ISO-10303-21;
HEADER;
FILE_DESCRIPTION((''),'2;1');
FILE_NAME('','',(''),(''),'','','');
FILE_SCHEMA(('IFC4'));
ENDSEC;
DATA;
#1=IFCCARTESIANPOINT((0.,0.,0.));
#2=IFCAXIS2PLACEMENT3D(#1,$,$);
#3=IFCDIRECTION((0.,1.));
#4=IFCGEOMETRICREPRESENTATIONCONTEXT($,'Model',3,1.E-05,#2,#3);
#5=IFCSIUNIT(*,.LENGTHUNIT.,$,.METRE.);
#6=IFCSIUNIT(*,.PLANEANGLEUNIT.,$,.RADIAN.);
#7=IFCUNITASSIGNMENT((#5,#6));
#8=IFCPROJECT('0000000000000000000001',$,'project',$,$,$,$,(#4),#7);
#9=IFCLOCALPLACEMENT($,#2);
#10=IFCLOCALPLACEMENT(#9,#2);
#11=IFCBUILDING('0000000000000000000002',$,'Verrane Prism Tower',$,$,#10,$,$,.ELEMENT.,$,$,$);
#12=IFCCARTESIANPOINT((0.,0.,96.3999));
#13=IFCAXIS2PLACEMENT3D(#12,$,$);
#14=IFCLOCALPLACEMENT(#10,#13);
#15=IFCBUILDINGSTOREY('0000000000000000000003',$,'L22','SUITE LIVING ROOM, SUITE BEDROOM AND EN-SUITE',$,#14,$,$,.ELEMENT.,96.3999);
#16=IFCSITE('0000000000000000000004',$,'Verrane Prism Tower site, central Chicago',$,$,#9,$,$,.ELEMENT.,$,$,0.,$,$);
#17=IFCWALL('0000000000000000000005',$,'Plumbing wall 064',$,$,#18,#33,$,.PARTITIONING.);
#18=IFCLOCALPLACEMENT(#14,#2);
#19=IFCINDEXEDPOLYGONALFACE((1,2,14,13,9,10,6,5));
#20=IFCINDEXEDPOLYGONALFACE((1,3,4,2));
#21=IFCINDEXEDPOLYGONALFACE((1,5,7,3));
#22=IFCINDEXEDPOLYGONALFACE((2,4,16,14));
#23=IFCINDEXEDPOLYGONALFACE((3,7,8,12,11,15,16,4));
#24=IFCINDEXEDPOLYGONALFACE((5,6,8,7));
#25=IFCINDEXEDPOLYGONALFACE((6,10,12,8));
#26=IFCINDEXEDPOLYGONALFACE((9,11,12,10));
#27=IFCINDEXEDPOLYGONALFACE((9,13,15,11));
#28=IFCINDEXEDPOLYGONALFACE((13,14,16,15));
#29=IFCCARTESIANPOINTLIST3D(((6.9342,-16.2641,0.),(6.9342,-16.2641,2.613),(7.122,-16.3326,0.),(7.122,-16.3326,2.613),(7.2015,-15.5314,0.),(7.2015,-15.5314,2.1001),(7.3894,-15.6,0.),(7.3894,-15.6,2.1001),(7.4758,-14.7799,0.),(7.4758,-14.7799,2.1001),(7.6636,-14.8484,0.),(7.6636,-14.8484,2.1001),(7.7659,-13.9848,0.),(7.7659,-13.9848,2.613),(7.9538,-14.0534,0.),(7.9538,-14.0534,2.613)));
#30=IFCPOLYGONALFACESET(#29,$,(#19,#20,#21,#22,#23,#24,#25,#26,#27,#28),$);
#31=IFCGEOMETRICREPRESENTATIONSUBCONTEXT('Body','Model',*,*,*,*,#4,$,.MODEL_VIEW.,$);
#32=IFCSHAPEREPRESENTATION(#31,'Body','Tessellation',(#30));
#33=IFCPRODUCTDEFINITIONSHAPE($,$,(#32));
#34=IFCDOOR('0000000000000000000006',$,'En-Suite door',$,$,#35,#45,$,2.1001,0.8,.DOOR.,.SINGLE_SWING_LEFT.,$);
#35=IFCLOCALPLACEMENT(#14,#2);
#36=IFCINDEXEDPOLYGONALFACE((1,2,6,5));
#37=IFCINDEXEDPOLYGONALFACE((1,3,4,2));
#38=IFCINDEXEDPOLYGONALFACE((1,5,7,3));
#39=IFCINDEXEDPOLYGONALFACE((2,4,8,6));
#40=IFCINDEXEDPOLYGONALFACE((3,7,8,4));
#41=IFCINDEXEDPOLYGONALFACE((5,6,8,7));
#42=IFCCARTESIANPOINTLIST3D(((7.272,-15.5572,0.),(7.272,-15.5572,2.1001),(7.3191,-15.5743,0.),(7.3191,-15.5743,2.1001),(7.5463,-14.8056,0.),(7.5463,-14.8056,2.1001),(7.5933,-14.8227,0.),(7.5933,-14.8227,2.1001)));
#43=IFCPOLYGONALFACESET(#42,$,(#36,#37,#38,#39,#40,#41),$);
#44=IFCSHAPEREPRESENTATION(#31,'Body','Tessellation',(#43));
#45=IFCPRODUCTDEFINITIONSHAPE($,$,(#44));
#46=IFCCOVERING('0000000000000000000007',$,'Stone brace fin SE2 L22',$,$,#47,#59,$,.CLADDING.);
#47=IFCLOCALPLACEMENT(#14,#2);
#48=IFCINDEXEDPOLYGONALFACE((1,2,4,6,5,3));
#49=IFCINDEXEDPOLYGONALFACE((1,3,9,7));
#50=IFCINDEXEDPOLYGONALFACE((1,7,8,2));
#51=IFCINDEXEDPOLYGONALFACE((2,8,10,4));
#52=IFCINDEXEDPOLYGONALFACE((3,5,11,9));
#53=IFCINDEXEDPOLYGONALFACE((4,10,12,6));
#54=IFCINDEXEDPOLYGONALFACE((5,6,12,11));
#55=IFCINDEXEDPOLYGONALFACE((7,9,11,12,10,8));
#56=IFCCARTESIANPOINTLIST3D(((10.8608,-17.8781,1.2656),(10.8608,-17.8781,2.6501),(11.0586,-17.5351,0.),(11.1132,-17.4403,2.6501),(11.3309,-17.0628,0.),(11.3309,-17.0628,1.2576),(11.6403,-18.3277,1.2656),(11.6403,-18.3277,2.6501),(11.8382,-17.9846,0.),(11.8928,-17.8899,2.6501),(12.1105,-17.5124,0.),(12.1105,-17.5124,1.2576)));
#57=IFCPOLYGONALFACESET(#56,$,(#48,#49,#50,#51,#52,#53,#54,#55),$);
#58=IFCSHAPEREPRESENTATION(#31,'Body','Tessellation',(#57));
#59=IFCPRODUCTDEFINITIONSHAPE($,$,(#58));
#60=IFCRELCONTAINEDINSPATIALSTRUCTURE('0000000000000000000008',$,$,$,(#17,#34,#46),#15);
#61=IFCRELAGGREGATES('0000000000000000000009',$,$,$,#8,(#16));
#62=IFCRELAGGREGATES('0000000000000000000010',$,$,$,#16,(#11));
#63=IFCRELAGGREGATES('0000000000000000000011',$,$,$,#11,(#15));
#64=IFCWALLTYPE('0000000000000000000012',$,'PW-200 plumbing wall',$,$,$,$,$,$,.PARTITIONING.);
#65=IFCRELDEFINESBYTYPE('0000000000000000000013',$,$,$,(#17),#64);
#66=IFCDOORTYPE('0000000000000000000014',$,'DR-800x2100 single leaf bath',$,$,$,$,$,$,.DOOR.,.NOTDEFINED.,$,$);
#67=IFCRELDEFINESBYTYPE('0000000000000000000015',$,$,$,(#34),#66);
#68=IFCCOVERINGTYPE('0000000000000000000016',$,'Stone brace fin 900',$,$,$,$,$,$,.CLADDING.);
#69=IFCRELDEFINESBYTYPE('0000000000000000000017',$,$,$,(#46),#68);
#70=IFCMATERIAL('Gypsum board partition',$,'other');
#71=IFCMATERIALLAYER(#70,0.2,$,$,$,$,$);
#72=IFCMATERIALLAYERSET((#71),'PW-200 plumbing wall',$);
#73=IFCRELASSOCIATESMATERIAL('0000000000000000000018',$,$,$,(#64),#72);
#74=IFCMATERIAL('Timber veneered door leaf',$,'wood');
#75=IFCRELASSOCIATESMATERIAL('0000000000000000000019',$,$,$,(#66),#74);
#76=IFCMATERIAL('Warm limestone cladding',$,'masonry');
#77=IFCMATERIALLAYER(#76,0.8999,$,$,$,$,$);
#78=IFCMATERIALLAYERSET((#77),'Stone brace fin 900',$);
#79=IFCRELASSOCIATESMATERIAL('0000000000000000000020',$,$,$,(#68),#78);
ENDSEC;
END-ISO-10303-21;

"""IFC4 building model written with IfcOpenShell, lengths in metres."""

from ifc_helpers import new_model, si_unit, direction, frame, frame_2d, origin, place, context, subcontext, project, spatial, polyline, rectangle, outline, extrude, material, layer, layer_set, type_object, element, fill, save


model = new_model("IFC4")

# Units and contexts
model_context = context("Model", 3, precision=1e-05, world=origin(), true_north=direction((0.0, 1.0)))
body_context = subcontext(model_context, "Body", "Model", "MODEL_VIEW")
ifc_project = project(units=[si_unit("LENGTHUNIT", "METRE"), si_unit("PLANEANGLEUNIT", "RADIAN")], contexts=[model_context])

# Site, building, storey
site_placement = place(None, origin())
site = spatial("IfcSite", under=ifc_project, at=site_placement, Name="Verrane Prism Tower site, central Chicago", CompositionType="ELEMENT", RefElevation=0.0)
building_placement = place(site_placement, origin())
building = spatial("IfcBuilding", under=site, at=building_placement, Name="Verrane Prism Tower", CompositionType="ELEMENT")
storey_placement = place(building_placement, frame((0.0, 0.0, 96.3999)))
storey = spatial("IfcBuildingStorey", under=building, at=storey_placement, Name="L22", Description="SUITE LIVING ROOM, SUITE BEDROOM AND EN-SUITE", CompositionType="ELEMENT", Elevation=96.3999)

# Wall, opening, door
ifc_material_1 = material(Name="Gypsum board partition", Category="other")
ifc_layer_1 = layer(ifc_material_1, 0.2)
ifc_layer_set_1 = layer_set([ifc_layer_1], Name="PW-200 plumbing wall")
wall_type_1 = type_object("IfcWallType", Name="PW-200 plumbing wall", PredefinedType="PARTITIONING", material=ifc_layer_set_1)
wall_1_placement = place(storey_placement, frame((7.0281, -16.2983, 0.0), z_axis=(0.0, 0.0, 1.0), x_axis=(0.342817, 0.939402, 0.0)))
wall_1 = element("IfcWall", 1, at=wall_1_placement, inside=storey, type_object=wall_type_1, Name="Plumbing wall 064", PredefinedType="PARTITIONING", context=body_context, shape_type="SweptSolid", body=[
    extrude(rectangle(XDim=2.4263, YDim=0.2, at=frame_2d((1.2131, 0.0))), origin(), (0.0, 0.0, 1.0), 2.613),
])
opening_1_placement = place(wall_1_placement, frame((0.78, 0.0, 0.0)))
opening_1 = element("IfcOpeningElement", 2, at=opening_1_placement, cuts=wall_1, PredefinedType="OPENING", context=body_context, shape_type="SweptSolid", body=[
    extrude(rectangle(XDim=0.8, YDim=2.1001, at=frame_2d((0.3999, 1.05))), frame((0.0, 0.1099, 0.0), z_axis=(0.0, -1.0, 0.0), x_axis=(1.0, 0.0, 0.0)), (0.0, 0.0, 1.0), 0.22),
])
ifc_material_2 = material(Name="Timber veneered door leaf", Category="wood")
door_type_1 = type_object("IfcDoorType", Name="DR-800x2100 single leaf bath", OperationType="NOTDEFINED", PredefinedType="DOOR", material=ifc_material_2)
door_1_placement = place(opening_1_placement, origin())
door_1 = element("IfcDoor", 3, at=door_1_placement, inside=storey, type_object=door_type_1, Name="En-Suite door", OperationType="SINGLE_SWING_LEFT", OverallHeight=2.1001, OverallWidth=0.8, PredefinedType="DOOR", context=body_context, shape_type="SweptSolid", body=[
    extrude(rectangle(XDim=0.8, YDim=2.1001, at=frame_2d((0.3999, 1.05))), frame((0.0, 0.0249, 0.0), z_axis=(0.0, -1.0, 0.0), x_axis=(1.0, 0.0, 0.0)), (0.0, 0.0, 1.0), 0.05),
])
fill(opening_1, door_1)

# Covering
ifc_material_3 = material(Name="Warm limestone cladding", Category="masonry")
ifc_layer_2 = layer(ifc_material_3, 0.8999)
ifc_layer_set_2 = layer_set([ifc_layer_2], Name="Stone brace fin 900")
covering_type = type_object("IfcCoveringType", Name="Stone brace fin 900", PredefinedType="CLADDING", material=ifc_layer_set_2)
covering_placement = place(storey_placement, frame((11.7207, -17.2876, 0.0), z_axis=(0.0, 0.0, 1.0), x_axis=(-0.499543, -0.866289, 0.0)))
element("IfcCovering", 4, at=covering_placement, inside=storey, type_object=covering_type, Name="Stone brace fin SE2 L22", PredefinedType="CLADDING", context=body_context, shape_type="SweptSolid", body=[
    extrude(outline(polyline([(0.9412, 2.6501), (0.4358, 2.6501), (0.0, 1.2576), (0.0, 0.0), (0.5452, 0.0), (0.9412, 1.2656), (0.9412, 2.6501)])), frame((0.0, 0.45, 0.0), z_axis=(0.0, -1.0, 0.0), x_axis=(1.0, 0.0, 0.0)), (0.0, 0.0, 1.0), 0.8999),
])

save(model, "model.ifc")
